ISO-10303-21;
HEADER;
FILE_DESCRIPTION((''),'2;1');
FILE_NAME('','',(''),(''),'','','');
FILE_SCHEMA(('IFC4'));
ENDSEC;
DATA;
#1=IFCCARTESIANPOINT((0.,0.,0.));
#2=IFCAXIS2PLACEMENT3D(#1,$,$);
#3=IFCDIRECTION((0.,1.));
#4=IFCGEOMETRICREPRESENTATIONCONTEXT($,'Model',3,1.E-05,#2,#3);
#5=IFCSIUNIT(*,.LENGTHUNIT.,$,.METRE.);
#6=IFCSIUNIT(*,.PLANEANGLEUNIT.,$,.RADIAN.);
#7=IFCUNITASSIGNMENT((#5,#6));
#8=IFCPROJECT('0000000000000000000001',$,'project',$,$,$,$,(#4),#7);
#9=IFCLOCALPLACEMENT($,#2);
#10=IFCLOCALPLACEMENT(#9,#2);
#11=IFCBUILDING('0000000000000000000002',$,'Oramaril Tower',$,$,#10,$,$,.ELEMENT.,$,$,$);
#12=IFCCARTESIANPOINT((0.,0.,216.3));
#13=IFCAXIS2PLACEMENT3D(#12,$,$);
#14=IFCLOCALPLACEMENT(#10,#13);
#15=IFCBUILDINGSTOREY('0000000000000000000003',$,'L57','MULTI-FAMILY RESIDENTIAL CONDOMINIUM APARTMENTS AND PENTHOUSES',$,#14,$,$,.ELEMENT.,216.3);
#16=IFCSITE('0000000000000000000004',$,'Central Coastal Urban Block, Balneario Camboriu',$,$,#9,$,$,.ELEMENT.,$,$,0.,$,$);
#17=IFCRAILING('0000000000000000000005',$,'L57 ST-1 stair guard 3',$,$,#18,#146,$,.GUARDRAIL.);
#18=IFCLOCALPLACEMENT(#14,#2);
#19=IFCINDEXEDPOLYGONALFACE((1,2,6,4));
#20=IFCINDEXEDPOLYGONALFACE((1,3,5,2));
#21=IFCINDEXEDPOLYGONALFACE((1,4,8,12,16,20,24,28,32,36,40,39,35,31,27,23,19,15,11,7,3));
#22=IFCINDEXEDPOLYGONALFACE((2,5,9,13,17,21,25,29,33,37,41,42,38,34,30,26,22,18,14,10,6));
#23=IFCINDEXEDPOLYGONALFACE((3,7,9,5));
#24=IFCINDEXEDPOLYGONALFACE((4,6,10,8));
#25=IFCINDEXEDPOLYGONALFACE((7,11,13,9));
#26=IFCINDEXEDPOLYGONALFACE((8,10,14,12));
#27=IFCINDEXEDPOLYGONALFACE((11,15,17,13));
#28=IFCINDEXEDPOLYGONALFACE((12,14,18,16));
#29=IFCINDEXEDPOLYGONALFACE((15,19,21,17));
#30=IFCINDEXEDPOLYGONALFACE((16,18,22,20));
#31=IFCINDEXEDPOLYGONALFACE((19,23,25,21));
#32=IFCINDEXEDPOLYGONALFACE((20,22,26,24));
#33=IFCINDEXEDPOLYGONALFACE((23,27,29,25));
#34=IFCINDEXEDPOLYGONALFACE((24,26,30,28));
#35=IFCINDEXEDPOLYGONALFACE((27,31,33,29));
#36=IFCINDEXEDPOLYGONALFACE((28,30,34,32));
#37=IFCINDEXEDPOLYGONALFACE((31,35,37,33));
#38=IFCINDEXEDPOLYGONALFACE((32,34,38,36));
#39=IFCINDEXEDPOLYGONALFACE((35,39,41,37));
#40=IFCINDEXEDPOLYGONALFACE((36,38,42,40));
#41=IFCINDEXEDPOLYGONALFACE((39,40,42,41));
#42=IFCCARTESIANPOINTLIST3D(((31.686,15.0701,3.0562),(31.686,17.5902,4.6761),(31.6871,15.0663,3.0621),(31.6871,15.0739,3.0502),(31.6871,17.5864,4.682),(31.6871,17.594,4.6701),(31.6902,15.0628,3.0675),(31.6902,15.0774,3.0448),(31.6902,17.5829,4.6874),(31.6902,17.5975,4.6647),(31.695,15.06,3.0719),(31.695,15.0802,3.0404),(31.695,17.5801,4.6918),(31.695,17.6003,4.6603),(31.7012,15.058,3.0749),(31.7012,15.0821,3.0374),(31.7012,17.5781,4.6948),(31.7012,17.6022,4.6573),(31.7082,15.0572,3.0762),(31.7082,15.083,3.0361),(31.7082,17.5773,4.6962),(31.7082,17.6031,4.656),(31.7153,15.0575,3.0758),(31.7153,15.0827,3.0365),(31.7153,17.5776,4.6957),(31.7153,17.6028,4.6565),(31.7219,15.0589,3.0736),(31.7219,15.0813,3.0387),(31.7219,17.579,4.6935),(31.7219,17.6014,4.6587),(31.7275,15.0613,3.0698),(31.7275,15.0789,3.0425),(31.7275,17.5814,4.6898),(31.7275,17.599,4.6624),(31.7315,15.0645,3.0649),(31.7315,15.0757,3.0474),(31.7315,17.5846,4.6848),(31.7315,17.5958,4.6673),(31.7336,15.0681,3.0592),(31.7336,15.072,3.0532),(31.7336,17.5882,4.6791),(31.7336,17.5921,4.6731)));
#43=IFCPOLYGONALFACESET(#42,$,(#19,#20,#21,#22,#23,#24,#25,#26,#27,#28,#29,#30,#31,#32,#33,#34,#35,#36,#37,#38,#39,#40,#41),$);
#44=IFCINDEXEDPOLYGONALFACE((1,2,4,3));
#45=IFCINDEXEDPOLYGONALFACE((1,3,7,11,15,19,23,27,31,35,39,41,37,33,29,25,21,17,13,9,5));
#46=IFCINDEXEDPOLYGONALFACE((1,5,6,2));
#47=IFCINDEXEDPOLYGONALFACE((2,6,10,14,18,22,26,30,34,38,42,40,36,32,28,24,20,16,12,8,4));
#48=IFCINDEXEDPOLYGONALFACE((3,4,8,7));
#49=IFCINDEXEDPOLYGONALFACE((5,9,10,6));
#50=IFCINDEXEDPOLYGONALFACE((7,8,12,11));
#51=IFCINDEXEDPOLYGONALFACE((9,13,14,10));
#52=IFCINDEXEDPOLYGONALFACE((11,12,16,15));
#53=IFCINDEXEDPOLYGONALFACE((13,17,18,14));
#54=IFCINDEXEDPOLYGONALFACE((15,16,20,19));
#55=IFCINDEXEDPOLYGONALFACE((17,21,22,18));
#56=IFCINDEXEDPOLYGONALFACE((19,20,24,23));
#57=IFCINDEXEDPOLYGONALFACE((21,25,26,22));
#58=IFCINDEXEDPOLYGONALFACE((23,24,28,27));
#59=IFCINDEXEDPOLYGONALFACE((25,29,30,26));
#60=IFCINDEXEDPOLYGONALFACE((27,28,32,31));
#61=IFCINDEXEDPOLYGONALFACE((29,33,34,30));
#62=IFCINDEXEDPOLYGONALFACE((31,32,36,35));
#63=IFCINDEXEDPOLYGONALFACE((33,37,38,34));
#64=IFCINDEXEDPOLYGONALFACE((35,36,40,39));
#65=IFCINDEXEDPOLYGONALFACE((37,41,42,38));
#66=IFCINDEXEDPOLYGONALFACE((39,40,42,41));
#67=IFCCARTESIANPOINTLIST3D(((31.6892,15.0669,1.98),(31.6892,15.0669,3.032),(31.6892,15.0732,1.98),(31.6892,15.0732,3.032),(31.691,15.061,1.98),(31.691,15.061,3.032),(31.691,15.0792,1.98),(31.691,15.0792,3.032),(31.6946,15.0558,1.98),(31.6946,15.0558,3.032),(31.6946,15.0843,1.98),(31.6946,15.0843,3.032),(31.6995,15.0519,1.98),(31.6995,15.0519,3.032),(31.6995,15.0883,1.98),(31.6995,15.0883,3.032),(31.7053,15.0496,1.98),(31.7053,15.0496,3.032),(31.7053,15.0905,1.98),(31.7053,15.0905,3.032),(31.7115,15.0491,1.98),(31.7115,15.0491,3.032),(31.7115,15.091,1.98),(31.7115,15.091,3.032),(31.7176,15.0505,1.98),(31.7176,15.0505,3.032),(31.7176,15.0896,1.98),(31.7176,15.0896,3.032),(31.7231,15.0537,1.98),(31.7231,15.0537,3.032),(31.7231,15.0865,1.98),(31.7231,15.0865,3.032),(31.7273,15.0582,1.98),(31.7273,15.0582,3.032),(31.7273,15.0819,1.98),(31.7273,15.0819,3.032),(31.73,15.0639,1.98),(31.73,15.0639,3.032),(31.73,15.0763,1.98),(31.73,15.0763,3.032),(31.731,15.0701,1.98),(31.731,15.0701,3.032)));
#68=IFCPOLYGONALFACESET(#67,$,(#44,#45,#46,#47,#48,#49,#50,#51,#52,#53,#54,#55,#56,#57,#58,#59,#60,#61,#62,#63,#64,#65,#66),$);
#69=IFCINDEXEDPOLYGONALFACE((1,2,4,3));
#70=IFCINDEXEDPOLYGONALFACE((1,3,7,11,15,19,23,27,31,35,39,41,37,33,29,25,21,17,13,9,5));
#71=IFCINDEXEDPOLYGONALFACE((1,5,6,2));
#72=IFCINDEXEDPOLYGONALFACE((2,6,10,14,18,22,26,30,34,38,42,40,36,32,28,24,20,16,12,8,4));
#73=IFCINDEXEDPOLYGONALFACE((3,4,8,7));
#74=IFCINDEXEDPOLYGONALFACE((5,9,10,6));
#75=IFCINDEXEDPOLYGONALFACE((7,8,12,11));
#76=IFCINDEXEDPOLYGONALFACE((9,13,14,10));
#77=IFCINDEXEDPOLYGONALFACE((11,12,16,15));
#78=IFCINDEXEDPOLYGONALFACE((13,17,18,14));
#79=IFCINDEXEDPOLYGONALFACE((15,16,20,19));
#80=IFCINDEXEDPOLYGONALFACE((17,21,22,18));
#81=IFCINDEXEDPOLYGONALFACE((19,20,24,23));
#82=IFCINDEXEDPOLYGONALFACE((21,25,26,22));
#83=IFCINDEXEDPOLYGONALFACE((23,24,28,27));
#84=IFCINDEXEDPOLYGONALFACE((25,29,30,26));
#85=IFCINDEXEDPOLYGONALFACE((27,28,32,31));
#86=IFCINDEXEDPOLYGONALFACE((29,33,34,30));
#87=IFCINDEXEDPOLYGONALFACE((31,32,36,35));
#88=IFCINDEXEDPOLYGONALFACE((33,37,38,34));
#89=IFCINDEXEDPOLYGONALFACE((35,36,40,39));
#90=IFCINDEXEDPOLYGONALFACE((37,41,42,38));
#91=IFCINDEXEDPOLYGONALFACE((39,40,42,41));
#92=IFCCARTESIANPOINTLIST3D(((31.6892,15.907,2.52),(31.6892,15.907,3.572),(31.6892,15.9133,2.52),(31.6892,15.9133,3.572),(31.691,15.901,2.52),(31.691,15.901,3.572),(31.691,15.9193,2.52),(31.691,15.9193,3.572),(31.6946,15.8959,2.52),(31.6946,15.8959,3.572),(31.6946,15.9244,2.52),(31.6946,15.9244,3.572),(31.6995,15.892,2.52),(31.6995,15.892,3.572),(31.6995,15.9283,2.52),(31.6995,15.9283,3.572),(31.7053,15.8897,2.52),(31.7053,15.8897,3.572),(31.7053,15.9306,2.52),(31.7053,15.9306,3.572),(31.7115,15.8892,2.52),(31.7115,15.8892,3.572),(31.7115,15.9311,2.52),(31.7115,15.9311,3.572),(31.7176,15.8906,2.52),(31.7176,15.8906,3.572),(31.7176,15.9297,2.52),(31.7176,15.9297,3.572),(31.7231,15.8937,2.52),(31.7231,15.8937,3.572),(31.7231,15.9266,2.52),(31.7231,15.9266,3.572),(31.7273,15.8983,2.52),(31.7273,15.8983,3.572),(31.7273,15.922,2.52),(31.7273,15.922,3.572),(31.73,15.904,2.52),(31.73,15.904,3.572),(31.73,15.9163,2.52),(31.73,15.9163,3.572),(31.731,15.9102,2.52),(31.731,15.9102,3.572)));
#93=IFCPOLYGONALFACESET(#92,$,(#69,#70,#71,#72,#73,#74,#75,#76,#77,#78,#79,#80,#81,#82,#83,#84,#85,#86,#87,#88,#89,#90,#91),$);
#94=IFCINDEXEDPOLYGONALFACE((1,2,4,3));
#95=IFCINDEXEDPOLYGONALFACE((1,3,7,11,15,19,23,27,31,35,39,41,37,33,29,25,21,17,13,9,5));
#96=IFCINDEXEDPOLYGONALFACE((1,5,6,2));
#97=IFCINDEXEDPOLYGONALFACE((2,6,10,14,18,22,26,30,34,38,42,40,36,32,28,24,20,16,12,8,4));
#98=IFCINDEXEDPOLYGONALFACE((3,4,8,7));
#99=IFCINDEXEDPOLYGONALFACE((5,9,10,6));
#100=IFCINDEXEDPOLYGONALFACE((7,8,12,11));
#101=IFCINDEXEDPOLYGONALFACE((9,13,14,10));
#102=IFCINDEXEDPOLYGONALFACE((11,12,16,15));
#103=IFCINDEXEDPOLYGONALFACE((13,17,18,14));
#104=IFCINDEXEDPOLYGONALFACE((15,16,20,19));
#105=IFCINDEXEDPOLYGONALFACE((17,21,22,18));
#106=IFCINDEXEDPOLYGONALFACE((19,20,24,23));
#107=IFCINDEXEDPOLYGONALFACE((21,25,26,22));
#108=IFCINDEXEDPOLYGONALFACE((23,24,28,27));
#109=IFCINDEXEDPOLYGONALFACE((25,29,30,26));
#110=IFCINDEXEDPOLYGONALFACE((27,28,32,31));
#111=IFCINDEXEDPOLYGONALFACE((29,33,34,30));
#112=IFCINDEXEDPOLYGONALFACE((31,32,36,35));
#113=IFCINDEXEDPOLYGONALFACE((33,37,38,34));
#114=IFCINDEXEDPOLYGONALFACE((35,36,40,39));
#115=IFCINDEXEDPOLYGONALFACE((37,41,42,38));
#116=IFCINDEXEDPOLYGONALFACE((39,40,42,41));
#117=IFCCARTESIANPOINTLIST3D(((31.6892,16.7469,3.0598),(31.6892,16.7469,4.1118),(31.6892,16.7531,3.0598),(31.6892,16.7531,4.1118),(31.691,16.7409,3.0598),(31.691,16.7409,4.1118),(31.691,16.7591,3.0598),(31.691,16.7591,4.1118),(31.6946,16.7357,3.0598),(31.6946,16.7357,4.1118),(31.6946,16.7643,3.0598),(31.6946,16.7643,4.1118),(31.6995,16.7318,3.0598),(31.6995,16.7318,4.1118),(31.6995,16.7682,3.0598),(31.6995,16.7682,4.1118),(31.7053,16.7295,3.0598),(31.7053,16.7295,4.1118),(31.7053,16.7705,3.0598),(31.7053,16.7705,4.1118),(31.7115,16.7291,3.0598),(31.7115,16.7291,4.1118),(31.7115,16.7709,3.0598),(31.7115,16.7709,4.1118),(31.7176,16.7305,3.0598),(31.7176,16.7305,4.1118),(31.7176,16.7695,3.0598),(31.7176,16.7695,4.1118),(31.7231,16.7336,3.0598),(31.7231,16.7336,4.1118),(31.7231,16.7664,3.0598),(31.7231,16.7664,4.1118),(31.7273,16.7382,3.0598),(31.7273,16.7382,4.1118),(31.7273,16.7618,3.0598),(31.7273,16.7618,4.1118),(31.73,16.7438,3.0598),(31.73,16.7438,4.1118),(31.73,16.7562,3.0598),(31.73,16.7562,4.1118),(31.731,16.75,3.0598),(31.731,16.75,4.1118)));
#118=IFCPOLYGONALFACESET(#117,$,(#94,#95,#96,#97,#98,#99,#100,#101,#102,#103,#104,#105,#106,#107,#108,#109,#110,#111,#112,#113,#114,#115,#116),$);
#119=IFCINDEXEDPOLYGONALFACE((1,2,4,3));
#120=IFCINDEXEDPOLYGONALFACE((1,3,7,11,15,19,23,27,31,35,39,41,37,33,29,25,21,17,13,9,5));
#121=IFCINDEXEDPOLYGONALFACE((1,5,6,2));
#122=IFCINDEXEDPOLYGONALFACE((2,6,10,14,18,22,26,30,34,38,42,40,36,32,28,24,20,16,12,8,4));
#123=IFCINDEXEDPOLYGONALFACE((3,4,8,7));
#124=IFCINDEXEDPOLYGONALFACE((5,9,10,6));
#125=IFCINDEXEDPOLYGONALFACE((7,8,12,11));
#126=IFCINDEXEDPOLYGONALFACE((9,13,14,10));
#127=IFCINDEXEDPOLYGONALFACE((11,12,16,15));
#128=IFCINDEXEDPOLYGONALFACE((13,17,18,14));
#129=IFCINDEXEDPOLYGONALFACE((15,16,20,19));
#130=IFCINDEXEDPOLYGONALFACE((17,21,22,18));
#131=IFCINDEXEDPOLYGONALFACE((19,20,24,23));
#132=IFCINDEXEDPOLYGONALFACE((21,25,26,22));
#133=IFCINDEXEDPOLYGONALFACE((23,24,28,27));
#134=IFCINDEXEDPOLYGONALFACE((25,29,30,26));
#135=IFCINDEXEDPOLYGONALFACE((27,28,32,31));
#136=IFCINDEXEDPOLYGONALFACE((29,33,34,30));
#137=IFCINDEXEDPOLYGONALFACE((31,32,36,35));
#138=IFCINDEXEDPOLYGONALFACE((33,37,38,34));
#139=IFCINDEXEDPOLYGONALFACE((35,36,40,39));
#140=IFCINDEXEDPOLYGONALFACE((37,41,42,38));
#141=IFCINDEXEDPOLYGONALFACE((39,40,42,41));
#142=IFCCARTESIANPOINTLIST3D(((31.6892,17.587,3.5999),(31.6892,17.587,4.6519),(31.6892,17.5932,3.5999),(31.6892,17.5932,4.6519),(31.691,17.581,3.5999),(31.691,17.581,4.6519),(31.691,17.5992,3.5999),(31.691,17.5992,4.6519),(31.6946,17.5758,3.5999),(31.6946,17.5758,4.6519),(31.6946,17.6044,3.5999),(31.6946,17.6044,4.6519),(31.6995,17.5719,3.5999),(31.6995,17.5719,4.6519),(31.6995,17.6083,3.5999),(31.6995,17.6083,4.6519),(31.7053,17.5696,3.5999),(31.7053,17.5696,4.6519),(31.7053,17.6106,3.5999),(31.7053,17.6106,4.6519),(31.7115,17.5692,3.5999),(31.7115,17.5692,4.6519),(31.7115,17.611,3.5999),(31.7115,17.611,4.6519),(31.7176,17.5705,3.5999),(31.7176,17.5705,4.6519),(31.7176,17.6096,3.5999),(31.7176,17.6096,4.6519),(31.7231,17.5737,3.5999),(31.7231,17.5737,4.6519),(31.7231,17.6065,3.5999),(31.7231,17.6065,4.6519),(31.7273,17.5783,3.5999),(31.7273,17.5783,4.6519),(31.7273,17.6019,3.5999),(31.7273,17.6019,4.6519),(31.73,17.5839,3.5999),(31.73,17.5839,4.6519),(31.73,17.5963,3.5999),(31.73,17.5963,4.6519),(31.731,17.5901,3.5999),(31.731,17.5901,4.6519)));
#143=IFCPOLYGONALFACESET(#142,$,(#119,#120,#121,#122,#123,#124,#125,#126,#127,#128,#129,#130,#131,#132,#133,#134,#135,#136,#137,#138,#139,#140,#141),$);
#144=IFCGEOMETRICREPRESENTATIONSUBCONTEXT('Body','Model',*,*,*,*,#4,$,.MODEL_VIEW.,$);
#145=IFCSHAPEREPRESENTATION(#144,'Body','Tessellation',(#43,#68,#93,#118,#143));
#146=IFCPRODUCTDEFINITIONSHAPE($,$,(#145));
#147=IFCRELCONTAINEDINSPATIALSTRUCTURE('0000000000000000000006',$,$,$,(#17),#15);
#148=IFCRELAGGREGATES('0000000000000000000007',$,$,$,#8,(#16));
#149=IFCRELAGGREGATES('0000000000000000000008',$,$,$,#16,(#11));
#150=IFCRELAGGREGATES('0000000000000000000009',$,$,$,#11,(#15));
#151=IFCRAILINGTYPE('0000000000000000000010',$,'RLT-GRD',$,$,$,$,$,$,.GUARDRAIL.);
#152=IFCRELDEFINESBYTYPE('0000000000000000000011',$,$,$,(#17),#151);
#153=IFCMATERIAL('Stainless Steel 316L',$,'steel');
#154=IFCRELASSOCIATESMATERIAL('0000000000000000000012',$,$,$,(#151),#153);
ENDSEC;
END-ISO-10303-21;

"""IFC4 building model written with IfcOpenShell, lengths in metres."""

from ifc_helpers import new_model, si_unit, direction, frame, origin, origin_2d, place, context, subcontext, project, spatial, circle, extrude, material, type_object, element, save


model = new_model("IFC4")

# Units and contexts
model_context = context("Model", 3, precision=1e-05, world=origin(), true_north=direction((0.0, 1.0)))
body_context = subcontext(model_context, "Body", "Model", "MODEL_VIEW")
ifc_project = project(units=[si_unit("LENGTHUNIT", "METRE"), si_unit("PLANEANGLEUNIT", "RADIAN")], contexts=[model_context])

# Site, building, storey
site_placement = place(None, origin())
site = spatial("IfcSite", under=ifc_project, at=site_placement, Name="Central Coastal Urban Block, Balneario Camboriu", CompositionType="ELEMENT", RefElevation=0.0)
building_placement = place(site_placement, origin())
building = spatial("IfcBuilding", under=site, at=building_placement, Name="Oramaril Tower", CompositionType="ELEMENT")
storey_placement = place(building_placement, frame((0.0, 0.0, 216.3)))
storey = spatial("IfcBuildingStorey", under=building, at=storey_placement, Name="L57", Description="MULTI-FAMILY RESIDENTIAL CONDOMINIUM APARTMENTS AND PENTHOUSES", CompositionType="ELEMENT", Elevation=216.3)

# Railing
ifc_material_1 = material(Name="Stainless Steel 316L", Category="steel")
railing_type_1 = type_object("IfcRailingType", Name="RLT-GRD", PredefinedType="GUARDRAIL", material=ifc_material_1)
railing_1_placement = place(storey_placement, frame((31.71, 15.0701, 1.98)))
element("IfcRailing", 1, at=railing_1_placement, inside=storey, type_object=railing_type_1, Name="L57 ST-1 stair guard 3", PredefinedType="GUARDRAIL", context=body_context, shape_type="SweptSolid", body=[
    extrude(circle(Radius=0.0239, at=origin_2d()), frame((0.0, 0.0, 1.0762), z_axis=(0.0, 0.8412, 0.540725), x_axis=(-1.0, 0.0, 0.0)), (0.0, 0.0, 1.0), 2.9958),
    extrude(circle(Radius=0.021, at=origin_2d()), origin(), (0.0, 0.0, 1.0), 1.052),
    extrude(circle(Radius=0.021, at=origin_2d()), frame((0.0, 0.8401, 0.54)), (0.0, 0.0, 1.0), 1.052),
    extrude(circle(Radius=0.021, at=origin_2d()), frame((0.0, 1.6799, 1.0798)), (0.0, 0.0, 1.0), 1.052),
    extrude(circle(Radius=0.021, at=origin_2d()), frame((0.0, 2.52, 1.6199)), (0.0, 0.0, 1.0), 1.052),
])

save(model, "model.ifc")
